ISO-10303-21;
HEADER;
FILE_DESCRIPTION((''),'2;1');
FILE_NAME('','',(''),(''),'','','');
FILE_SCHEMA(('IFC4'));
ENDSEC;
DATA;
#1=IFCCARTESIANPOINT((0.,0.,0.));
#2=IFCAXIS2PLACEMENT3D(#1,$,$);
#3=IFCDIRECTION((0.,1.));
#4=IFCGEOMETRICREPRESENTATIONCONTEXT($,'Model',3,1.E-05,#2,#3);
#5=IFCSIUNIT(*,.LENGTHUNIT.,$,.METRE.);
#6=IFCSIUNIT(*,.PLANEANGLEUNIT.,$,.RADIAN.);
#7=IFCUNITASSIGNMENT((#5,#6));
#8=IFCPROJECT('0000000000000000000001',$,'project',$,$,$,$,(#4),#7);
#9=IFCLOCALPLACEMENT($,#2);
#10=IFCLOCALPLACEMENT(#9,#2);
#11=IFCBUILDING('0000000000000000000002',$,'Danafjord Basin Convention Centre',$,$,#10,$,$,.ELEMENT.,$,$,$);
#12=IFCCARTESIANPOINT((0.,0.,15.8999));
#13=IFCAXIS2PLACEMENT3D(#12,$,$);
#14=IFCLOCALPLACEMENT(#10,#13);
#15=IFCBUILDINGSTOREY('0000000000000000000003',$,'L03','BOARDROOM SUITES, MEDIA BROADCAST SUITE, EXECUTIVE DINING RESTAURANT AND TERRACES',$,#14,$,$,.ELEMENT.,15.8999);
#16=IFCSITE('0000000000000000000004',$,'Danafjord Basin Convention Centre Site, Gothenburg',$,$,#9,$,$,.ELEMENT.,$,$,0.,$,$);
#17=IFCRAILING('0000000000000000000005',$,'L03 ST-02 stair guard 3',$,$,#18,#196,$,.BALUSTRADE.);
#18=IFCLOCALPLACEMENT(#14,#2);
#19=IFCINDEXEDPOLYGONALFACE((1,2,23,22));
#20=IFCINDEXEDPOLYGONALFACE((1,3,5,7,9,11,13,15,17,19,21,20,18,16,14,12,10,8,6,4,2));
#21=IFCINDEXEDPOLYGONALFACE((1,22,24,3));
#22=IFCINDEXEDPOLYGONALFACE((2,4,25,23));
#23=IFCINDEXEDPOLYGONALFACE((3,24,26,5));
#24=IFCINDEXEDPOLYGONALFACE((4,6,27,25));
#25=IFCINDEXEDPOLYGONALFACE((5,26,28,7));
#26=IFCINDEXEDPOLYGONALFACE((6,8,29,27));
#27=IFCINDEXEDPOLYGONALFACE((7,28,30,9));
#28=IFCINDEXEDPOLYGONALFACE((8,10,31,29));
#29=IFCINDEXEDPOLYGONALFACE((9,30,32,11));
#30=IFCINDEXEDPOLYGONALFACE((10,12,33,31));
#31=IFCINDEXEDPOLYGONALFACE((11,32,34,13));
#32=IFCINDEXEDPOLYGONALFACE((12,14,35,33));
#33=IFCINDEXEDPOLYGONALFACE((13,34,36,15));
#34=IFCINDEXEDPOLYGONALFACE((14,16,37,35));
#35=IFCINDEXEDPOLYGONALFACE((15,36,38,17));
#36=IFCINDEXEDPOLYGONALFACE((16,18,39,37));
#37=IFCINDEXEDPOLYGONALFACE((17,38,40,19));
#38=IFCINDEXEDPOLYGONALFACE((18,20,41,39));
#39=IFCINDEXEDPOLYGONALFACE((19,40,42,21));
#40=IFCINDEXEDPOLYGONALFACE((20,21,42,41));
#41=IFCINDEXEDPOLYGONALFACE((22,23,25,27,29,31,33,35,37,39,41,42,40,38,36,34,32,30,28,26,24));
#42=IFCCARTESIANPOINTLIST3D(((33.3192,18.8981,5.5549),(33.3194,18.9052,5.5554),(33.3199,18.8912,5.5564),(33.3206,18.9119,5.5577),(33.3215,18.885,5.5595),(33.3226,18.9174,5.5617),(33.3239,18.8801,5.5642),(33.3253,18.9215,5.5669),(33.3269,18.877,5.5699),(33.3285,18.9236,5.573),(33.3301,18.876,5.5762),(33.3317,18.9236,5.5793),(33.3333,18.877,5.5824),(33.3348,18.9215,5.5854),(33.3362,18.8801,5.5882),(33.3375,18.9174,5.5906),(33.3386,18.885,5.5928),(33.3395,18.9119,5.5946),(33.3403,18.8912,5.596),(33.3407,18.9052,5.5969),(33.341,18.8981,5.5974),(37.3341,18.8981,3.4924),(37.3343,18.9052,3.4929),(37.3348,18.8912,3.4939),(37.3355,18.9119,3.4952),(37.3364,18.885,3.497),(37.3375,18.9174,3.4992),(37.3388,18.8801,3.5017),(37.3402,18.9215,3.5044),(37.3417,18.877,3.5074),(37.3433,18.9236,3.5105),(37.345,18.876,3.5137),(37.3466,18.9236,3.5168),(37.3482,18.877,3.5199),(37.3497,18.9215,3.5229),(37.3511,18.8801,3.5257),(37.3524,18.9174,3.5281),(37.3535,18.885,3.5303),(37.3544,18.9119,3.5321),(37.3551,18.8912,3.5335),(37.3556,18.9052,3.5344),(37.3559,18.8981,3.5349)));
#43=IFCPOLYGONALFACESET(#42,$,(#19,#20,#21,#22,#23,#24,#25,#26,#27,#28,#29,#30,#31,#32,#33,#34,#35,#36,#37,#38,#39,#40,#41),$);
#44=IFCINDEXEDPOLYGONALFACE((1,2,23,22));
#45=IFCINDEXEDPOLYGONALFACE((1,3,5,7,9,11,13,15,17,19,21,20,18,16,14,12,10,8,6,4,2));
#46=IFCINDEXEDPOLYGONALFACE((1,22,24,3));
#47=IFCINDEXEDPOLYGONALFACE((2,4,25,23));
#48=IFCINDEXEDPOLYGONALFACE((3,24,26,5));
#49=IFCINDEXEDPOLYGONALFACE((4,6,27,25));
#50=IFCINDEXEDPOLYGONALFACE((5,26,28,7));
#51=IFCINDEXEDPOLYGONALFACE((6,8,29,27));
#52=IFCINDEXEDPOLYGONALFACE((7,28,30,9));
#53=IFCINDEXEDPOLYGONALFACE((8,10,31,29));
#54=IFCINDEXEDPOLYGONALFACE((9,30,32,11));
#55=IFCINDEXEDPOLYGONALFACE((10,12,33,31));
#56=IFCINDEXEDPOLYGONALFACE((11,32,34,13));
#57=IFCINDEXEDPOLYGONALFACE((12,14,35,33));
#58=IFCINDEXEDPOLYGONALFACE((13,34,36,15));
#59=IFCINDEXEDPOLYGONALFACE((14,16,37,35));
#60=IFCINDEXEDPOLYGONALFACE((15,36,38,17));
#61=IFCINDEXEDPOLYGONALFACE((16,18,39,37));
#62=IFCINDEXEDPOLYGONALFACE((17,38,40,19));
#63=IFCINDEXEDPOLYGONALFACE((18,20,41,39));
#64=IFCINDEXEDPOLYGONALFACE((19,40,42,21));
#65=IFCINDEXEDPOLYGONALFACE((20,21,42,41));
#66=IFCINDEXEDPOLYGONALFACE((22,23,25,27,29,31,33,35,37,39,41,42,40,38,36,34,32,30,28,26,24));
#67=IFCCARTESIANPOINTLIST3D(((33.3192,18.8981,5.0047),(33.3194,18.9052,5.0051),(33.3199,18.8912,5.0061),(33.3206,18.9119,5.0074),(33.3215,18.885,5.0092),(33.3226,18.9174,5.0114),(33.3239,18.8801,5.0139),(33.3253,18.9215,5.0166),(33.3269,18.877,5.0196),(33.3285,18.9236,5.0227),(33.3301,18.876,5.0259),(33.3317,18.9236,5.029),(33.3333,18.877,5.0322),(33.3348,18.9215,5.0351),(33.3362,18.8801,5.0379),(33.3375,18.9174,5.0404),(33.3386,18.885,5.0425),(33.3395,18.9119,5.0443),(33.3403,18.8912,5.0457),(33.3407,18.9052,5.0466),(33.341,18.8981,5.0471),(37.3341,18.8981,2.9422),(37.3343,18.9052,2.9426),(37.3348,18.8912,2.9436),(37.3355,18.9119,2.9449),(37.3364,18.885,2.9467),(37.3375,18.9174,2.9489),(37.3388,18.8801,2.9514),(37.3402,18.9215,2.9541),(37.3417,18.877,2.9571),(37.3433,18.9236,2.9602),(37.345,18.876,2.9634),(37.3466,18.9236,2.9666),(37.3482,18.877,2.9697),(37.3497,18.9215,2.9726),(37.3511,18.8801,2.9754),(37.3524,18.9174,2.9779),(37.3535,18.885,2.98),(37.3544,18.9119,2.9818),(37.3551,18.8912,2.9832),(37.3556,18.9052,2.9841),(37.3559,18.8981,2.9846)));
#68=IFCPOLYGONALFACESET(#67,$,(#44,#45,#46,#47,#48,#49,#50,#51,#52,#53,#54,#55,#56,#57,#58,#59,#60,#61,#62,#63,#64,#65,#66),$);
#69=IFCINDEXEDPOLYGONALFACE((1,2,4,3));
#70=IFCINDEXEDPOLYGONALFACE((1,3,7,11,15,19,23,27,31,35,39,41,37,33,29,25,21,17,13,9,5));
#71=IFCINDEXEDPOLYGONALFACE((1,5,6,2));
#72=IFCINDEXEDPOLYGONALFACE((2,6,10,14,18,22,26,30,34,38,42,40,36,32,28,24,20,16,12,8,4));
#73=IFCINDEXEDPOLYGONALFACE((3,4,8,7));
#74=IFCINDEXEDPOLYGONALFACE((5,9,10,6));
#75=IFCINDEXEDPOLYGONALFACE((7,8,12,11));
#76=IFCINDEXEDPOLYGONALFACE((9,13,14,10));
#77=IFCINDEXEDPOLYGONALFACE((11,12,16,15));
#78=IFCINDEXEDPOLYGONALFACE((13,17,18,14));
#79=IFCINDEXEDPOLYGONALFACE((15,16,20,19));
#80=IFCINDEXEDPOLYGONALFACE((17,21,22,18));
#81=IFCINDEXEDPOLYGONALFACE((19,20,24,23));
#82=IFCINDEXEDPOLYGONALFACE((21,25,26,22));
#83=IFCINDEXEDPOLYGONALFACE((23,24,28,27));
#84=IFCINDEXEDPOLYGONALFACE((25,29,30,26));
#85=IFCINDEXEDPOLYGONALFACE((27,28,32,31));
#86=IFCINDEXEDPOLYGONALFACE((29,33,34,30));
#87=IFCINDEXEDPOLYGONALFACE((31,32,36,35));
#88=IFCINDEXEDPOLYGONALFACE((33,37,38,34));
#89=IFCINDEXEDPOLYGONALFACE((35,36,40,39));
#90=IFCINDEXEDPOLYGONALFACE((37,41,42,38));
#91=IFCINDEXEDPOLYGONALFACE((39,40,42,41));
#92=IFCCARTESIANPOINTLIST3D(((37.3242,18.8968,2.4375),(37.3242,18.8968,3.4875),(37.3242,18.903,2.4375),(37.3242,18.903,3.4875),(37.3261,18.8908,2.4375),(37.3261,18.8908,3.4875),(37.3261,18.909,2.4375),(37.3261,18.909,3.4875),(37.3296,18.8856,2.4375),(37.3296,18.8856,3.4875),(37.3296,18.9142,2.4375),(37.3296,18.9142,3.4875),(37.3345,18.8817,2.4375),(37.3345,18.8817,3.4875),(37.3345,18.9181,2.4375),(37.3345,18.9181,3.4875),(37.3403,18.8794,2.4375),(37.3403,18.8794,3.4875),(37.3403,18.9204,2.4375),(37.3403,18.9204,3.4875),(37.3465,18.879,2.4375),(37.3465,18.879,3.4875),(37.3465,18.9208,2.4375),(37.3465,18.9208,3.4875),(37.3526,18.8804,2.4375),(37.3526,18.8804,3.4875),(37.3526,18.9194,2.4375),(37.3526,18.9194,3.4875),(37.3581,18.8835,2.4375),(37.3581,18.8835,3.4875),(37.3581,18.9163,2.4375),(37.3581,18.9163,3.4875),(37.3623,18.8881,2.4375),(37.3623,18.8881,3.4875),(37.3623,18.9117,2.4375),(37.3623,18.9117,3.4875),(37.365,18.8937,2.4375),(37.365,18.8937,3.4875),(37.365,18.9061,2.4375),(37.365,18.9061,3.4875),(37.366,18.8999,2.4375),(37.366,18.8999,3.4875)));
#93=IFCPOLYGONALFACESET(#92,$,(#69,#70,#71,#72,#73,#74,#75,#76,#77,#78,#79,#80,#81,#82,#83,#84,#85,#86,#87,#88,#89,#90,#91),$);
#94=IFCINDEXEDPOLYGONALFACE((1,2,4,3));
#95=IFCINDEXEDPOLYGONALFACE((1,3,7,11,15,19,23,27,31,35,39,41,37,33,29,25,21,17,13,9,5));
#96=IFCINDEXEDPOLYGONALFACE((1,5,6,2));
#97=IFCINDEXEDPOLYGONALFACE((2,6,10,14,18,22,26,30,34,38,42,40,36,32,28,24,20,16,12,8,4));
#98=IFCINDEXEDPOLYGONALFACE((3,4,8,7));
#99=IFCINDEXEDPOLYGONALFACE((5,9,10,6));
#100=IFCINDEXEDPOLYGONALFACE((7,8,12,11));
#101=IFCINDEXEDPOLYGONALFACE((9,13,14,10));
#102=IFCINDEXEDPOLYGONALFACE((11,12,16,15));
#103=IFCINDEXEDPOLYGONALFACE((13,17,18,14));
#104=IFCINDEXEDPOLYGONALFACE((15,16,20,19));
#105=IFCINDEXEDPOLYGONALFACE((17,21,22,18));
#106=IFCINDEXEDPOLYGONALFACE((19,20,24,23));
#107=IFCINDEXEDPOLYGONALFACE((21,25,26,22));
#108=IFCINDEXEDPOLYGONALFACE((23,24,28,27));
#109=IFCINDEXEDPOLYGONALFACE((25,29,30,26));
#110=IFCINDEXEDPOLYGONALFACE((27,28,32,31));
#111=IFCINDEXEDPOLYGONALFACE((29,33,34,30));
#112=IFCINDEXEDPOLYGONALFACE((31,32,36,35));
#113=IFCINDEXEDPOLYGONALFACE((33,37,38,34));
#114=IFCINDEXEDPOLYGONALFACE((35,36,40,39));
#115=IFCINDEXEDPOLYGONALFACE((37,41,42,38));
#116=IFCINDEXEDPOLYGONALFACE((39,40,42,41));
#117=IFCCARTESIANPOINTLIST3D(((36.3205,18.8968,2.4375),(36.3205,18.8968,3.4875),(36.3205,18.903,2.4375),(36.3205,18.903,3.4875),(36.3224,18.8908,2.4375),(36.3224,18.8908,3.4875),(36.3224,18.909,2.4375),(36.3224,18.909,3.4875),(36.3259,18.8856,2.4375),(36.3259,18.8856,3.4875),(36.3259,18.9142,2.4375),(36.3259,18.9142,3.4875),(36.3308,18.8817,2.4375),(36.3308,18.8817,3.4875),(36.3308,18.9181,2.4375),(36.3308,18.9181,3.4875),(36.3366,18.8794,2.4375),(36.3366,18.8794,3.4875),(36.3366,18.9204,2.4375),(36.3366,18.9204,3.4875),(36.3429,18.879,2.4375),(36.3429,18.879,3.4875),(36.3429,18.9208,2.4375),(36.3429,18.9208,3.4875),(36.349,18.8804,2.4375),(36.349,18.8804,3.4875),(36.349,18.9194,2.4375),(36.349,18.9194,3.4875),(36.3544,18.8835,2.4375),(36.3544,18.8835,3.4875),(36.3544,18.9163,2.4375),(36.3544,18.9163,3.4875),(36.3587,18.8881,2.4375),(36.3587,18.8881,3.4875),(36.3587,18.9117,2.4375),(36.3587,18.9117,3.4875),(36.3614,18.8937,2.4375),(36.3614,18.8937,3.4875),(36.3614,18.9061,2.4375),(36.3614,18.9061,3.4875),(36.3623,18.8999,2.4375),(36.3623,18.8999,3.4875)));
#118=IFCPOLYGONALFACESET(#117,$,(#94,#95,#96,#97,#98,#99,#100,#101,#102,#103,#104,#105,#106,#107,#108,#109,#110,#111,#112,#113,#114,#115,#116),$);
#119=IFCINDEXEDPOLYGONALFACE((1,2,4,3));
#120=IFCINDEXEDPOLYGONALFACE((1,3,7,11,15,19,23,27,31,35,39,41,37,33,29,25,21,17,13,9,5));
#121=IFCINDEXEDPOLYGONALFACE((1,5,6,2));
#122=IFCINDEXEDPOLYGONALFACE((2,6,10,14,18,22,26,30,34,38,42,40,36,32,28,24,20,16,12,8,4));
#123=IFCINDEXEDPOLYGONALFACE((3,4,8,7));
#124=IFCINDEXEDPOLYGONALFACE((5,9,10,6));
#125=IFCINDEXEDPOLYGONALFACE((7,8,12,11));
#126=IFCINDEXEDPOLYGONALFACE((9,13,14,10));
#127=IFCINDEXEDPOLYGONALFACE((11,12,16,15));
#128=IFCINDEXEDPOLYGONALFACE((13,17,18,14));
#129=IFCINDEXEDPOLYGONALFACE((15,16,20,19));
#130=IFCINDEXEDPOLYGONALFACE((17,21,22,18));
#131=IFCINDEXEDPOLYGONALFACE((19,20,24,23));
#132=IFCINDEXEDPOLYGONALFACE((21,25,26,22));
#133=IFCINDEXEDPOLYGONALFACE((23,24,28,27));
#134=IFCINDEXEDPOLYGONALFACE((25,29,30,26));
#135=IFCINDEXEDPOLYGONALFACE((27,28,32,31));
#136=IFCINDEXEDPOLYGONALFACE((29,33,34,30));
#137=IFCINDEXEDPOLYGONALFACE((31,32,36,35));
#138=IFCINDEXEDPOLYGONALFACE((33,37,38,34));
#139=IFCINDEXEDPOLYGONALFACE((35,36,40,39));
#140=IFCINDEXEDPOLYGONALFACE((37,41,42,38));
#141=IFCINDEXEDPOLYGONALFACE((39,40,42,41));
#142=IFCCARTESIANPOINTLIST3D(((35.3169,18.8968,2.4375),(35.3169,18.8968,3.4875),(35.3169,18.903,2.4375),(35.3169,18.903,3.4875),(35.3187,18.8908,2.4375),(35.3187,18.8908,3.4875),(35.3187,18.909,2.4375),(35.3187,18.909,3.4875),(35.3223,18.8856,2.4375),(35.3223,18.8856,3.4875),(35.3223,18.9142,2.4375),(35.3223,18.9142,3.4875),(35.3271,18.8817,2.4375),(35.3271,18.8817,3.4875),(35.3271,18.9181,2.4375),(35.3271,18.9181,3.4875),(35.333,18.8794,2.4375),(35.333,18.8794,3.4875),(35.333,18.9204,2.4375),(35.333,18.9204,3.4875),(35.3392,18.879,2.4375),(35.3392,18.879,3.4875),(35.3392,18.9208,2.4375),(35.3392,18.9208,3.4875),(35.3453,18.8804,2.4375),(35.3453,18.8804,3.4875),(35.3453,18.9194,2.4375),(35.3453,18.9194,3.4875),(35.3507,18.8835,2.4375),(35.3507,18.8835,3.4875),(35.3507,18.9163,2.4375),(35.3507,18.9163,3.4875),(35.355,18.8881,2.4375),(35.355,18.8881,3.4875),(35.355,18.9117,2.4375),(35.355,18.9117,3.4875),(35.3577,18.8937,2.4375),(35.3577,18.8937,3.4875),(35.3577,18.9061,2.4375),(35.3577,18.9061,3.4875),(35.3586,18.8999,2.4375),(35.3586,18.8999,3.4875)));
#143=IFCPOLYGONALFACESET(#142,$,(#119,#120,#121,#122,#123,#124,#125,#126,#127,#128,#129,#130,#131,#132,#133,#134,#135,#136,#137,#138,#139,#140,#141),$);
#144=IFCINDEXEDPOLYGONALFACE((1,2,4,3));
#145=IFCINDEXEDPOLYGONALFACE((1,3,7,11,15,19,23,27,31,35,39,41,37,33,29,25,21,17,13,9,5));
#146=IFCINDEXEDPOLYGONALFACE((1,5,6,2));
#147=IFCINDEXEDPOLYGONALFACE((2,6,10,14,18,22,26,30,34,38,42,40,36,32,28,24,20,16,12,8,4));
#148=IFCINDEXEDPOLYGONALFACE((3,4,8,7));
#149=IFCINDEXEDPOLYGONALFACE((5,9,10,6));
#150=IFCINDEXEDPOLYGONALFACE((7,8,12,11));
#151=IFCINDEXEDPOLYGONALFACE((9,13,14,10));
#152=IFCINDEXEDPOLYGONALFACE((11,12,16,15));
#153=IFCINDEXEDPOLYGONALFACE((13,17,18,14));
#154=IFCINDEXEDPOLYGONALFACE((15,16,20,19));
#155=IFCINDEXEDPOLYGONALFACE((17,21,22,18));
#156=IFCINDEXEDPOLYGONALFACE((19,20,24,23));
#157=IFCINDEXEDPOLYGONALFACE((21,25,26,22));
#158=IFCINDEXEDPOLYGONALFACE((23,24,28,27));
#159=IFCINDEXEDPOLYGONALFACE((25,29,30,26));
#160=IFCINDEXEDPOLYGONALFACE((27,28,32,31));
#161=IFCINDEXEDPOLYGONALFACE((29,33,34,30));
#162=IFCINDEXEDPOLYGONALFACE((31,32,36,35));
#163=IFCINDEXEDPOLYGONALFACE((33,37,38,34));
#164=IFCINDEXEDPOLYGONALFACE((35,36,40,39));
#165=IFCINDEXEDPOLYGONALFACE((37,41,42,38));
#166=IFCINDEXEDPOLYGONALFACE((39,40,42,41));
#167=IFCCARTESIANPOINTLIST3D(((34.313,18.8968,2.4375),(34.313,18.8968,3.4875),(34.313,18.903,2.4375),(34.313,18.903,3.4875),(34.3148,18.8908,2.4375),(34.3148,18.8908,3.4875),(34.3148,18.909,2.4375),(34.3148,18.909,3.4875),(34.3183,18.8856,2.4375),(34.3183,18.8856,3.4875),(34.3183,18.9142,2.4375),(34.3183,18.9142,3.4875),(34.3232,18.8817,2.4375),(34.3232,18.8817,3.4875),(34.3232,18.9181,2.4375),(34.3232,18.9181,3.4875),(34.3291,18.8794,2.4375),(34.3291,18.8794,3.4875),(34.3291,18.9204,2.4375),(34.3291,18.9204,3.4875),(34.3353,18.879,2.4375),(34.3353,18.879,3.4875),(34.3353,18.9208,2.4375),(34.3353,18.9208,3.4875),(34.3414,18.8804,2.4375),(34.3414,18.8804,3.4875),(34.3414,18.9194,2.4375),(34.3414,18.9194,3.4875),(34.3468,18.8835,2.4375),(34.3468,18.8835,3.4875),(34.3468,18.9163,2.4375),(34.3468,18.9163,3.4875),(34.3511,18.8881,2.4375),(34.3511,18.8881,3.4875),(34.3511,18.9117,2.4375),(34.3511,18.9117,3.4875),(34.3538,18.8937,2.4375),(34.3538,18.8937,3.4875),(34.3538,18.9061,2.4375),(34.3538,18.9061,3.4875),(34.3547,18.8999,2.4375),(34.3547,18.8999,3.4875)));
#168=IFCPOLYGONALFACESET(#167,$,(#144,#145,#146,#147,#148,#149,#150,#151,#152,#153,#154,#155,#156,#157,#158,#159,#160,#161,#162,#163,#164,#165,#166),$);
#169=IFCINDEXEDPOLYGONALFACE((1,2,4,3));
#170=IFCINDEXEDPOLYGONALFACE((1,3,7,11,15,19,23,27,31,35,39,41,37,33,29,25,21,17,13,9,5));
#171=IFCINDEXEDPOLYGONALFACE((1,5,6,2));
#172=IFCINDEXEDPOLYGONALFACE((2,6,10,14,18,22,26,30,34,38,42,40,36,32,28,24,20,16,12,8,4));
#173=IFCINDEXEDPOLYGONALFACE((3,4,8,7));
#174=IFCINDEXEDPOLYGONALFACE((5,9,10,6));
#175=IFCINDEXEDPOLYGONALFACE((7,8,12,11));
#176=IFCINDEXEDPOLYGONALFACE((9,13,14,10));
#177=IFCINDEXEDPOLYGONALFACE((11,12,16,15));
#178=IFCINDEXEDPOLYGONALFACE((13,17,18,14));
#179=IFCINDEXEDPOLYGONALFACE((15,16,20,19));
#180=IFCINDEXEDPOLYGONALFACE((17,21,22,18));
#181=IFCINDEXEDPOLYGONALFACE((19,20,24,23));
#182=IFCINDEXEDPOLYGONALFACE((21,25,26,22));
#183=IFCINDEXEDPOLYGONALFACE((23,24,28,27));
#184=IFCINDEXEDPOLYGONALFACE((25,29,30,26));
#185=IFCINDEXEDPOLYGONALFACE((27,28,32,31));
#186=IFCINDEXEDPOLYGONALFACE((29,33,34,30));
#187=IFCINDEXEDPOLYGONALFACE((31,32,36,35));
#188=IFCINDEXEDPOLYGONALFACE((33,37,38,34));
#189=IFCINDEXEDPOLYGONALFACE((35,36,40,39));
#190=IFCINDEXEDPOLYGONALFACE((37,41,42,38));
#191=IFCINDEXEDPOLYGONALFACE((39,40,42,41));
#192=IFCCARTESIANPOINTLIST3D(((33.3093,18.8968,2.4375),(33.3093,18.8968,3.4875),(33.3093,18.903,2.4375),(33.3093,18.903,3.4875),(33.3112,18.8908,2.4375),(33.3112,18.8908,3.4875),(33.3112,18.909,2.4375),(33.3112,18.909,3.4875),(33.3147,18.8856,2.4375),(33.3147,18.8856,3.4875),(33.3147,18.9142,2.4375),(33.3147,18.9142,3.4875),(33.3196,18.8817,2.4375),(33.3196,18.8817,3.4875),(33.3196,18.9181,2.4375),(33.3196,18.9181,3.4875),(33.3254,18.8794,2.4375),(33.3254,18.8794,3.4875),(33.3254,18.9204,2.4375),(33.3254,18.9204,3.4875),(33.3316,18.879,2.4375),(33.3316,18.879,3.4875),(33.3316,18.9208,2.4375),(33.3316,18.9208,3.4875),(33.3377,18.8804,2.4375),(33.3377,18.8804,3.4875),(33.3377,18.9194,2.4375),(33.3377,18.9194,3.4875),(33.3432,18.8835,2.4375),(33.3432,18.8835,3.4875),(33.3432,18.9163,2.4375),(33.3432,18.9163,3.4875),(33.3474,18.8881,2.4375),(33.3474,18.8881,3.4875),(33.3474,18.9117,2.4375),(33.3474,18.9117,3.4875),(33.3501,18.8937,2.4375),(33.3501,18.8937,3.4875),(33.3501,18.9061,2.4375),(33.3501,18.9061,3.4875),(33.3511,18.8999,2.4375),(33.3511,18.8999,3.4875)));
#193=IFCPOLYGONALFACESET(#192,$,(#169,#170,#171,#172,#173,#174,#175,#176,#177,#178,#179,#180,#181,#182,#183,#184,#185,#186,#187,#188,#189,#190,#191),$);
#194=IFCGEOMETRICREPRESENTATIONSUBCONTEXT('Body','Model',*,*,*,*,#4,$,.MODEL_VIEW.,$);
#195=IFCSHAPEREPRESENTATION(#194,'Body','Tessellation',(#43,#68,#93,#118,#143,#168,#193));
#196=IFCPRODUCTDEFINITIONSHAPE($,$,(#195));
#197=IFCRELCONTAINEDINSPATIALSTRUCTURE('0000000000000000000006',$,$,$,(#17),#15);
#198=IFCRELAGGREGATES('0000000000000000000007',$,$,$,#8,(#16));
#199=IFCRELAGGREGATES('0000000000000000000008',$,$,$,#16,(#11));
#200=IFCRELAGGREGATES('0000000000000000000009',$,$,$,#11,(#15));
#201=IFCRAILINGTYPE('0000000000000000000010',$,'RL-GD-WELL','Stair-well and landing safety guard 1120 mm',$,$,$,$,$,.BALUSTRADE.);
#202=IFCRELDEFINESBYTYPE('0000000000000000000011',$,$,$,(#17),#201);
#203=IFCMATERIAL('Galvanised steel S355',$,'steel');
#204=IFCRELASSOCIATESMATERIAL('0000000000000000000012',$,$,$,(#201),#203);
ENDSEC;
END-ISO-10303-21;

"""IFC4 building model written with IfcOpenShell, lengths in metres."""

from ifc_helpers import new_model, si_unit, direction, frame, origin, origin_2d, place, context, subcontext, project, spatial, circle, extrude, material, type_object, element, save


model = new_model("IFC4")

# Units and contexts
model_context = context("Model", 3, precision=1e-05, world=origin(), true_north=direction((0.0, 1.0)))
body_context = subcontext(model_context, "Body", "Model", "MODEL_VIEW")
ifc_project = project(units=[si_unit("LENGTHUNIT", "METRE"), si_unit("PLANEANGLEUNIT", "RADIAN")], contexts=[model_context])

# Site, building, storey
site_placement = place(None, origin())
site = spatial("IfcSite", under=ifc_project, at=site_placement, Name="Danafjord Basin Convention Centre Site, Gothenburg", CompositionType="ELEMENT", RefElevation=0.0)
building_placement = place(site_placement, origin())
building = spatial("IfcBuilding", under=site, at=building_placement, Name="Danafjord Basin Convention Centre", CompositionType="ELEMENT")
storey_placement = place(building_placement, frame((0.0, 0.0, 15.8999)))
storey = spatial("IfcBuildingStorey", under=building, at=storey_placement, Name="L03", Description="BOARDROOM SUITES, MEDIA BROADCAST SUITE, EXECUTIVE DINING RESTAURANT AND TERRACES", CompositionType="ELEMENT", Elevation=15.8999)

# Railing
ifc_material_1 = material(Name="Galvanised steel S355", Category="steel")
railing_type_1 = type_object("IfcRailingType", Name="RL-GD-WELL", Description="Stair-well and landing safety guard 1120 mm", PredefinedType="BALUSTRADE", material=ifc_material_1)
railing_1_placement = place(storey_placement, frame((37.345, 18.8999, 2.4375)))
element("IfcRailing", 1, at=railing_1_placement, inside=storey, type_object=railing_type_1, Name="L03 ST-02 stair guard 3", PredefinedType="BALUSTRADE", context=body_context, shape_type="SweptSolid", body=[
    extrude(circle(Radius=0.0239, at=origin_2d()), frame((0.0, 0.0, 1.0762), z_axis=(-0.889495, 0.0, 0.456945), x_axis=(0.0, -1.0, 0.0)), (0.0, 0.0, 1.0), 4.5137),
    extrude(circle(Radius=0.0239, at=origin_2d()), frame((0.0, 0.0, 0.5259), z_axis=(-0.889495, 0.0, 0.456945), x_axis=(0.0, -1.0, 0.0)), (0.0, 0.0, 1.0), 4.5137),
    extrude(circle(Radius=0.021, at=origin_2d()), origin(), (0.0, 0.0, 1.0), 1.05),
    extrude(circle(Radius=0.021, at=origin_2d()), frame((-1.0037, 0.0, 0.0)), (0.0, 0.0, 1.0), 1.05),
    extrude(circle(Radius=0.021, at=origin_2d()), frame((-2.0073, 0.0, 0.0)), (0.0, 0.0, 1.0), 1.05),
    extrude(circle(Radius=0.021, at=origin_2d()), frame((-3.0112, 0.0, 0.0)), (0.0, 0.0, 1.0), 1.05),
    extrude(circle(Radius=0.021, at=origin_2d()), frame((-4.0149, 0.0, 0.0)), (0.0, 0.0, 1.0), 1.05),
])

save(model, "model.ifc")
